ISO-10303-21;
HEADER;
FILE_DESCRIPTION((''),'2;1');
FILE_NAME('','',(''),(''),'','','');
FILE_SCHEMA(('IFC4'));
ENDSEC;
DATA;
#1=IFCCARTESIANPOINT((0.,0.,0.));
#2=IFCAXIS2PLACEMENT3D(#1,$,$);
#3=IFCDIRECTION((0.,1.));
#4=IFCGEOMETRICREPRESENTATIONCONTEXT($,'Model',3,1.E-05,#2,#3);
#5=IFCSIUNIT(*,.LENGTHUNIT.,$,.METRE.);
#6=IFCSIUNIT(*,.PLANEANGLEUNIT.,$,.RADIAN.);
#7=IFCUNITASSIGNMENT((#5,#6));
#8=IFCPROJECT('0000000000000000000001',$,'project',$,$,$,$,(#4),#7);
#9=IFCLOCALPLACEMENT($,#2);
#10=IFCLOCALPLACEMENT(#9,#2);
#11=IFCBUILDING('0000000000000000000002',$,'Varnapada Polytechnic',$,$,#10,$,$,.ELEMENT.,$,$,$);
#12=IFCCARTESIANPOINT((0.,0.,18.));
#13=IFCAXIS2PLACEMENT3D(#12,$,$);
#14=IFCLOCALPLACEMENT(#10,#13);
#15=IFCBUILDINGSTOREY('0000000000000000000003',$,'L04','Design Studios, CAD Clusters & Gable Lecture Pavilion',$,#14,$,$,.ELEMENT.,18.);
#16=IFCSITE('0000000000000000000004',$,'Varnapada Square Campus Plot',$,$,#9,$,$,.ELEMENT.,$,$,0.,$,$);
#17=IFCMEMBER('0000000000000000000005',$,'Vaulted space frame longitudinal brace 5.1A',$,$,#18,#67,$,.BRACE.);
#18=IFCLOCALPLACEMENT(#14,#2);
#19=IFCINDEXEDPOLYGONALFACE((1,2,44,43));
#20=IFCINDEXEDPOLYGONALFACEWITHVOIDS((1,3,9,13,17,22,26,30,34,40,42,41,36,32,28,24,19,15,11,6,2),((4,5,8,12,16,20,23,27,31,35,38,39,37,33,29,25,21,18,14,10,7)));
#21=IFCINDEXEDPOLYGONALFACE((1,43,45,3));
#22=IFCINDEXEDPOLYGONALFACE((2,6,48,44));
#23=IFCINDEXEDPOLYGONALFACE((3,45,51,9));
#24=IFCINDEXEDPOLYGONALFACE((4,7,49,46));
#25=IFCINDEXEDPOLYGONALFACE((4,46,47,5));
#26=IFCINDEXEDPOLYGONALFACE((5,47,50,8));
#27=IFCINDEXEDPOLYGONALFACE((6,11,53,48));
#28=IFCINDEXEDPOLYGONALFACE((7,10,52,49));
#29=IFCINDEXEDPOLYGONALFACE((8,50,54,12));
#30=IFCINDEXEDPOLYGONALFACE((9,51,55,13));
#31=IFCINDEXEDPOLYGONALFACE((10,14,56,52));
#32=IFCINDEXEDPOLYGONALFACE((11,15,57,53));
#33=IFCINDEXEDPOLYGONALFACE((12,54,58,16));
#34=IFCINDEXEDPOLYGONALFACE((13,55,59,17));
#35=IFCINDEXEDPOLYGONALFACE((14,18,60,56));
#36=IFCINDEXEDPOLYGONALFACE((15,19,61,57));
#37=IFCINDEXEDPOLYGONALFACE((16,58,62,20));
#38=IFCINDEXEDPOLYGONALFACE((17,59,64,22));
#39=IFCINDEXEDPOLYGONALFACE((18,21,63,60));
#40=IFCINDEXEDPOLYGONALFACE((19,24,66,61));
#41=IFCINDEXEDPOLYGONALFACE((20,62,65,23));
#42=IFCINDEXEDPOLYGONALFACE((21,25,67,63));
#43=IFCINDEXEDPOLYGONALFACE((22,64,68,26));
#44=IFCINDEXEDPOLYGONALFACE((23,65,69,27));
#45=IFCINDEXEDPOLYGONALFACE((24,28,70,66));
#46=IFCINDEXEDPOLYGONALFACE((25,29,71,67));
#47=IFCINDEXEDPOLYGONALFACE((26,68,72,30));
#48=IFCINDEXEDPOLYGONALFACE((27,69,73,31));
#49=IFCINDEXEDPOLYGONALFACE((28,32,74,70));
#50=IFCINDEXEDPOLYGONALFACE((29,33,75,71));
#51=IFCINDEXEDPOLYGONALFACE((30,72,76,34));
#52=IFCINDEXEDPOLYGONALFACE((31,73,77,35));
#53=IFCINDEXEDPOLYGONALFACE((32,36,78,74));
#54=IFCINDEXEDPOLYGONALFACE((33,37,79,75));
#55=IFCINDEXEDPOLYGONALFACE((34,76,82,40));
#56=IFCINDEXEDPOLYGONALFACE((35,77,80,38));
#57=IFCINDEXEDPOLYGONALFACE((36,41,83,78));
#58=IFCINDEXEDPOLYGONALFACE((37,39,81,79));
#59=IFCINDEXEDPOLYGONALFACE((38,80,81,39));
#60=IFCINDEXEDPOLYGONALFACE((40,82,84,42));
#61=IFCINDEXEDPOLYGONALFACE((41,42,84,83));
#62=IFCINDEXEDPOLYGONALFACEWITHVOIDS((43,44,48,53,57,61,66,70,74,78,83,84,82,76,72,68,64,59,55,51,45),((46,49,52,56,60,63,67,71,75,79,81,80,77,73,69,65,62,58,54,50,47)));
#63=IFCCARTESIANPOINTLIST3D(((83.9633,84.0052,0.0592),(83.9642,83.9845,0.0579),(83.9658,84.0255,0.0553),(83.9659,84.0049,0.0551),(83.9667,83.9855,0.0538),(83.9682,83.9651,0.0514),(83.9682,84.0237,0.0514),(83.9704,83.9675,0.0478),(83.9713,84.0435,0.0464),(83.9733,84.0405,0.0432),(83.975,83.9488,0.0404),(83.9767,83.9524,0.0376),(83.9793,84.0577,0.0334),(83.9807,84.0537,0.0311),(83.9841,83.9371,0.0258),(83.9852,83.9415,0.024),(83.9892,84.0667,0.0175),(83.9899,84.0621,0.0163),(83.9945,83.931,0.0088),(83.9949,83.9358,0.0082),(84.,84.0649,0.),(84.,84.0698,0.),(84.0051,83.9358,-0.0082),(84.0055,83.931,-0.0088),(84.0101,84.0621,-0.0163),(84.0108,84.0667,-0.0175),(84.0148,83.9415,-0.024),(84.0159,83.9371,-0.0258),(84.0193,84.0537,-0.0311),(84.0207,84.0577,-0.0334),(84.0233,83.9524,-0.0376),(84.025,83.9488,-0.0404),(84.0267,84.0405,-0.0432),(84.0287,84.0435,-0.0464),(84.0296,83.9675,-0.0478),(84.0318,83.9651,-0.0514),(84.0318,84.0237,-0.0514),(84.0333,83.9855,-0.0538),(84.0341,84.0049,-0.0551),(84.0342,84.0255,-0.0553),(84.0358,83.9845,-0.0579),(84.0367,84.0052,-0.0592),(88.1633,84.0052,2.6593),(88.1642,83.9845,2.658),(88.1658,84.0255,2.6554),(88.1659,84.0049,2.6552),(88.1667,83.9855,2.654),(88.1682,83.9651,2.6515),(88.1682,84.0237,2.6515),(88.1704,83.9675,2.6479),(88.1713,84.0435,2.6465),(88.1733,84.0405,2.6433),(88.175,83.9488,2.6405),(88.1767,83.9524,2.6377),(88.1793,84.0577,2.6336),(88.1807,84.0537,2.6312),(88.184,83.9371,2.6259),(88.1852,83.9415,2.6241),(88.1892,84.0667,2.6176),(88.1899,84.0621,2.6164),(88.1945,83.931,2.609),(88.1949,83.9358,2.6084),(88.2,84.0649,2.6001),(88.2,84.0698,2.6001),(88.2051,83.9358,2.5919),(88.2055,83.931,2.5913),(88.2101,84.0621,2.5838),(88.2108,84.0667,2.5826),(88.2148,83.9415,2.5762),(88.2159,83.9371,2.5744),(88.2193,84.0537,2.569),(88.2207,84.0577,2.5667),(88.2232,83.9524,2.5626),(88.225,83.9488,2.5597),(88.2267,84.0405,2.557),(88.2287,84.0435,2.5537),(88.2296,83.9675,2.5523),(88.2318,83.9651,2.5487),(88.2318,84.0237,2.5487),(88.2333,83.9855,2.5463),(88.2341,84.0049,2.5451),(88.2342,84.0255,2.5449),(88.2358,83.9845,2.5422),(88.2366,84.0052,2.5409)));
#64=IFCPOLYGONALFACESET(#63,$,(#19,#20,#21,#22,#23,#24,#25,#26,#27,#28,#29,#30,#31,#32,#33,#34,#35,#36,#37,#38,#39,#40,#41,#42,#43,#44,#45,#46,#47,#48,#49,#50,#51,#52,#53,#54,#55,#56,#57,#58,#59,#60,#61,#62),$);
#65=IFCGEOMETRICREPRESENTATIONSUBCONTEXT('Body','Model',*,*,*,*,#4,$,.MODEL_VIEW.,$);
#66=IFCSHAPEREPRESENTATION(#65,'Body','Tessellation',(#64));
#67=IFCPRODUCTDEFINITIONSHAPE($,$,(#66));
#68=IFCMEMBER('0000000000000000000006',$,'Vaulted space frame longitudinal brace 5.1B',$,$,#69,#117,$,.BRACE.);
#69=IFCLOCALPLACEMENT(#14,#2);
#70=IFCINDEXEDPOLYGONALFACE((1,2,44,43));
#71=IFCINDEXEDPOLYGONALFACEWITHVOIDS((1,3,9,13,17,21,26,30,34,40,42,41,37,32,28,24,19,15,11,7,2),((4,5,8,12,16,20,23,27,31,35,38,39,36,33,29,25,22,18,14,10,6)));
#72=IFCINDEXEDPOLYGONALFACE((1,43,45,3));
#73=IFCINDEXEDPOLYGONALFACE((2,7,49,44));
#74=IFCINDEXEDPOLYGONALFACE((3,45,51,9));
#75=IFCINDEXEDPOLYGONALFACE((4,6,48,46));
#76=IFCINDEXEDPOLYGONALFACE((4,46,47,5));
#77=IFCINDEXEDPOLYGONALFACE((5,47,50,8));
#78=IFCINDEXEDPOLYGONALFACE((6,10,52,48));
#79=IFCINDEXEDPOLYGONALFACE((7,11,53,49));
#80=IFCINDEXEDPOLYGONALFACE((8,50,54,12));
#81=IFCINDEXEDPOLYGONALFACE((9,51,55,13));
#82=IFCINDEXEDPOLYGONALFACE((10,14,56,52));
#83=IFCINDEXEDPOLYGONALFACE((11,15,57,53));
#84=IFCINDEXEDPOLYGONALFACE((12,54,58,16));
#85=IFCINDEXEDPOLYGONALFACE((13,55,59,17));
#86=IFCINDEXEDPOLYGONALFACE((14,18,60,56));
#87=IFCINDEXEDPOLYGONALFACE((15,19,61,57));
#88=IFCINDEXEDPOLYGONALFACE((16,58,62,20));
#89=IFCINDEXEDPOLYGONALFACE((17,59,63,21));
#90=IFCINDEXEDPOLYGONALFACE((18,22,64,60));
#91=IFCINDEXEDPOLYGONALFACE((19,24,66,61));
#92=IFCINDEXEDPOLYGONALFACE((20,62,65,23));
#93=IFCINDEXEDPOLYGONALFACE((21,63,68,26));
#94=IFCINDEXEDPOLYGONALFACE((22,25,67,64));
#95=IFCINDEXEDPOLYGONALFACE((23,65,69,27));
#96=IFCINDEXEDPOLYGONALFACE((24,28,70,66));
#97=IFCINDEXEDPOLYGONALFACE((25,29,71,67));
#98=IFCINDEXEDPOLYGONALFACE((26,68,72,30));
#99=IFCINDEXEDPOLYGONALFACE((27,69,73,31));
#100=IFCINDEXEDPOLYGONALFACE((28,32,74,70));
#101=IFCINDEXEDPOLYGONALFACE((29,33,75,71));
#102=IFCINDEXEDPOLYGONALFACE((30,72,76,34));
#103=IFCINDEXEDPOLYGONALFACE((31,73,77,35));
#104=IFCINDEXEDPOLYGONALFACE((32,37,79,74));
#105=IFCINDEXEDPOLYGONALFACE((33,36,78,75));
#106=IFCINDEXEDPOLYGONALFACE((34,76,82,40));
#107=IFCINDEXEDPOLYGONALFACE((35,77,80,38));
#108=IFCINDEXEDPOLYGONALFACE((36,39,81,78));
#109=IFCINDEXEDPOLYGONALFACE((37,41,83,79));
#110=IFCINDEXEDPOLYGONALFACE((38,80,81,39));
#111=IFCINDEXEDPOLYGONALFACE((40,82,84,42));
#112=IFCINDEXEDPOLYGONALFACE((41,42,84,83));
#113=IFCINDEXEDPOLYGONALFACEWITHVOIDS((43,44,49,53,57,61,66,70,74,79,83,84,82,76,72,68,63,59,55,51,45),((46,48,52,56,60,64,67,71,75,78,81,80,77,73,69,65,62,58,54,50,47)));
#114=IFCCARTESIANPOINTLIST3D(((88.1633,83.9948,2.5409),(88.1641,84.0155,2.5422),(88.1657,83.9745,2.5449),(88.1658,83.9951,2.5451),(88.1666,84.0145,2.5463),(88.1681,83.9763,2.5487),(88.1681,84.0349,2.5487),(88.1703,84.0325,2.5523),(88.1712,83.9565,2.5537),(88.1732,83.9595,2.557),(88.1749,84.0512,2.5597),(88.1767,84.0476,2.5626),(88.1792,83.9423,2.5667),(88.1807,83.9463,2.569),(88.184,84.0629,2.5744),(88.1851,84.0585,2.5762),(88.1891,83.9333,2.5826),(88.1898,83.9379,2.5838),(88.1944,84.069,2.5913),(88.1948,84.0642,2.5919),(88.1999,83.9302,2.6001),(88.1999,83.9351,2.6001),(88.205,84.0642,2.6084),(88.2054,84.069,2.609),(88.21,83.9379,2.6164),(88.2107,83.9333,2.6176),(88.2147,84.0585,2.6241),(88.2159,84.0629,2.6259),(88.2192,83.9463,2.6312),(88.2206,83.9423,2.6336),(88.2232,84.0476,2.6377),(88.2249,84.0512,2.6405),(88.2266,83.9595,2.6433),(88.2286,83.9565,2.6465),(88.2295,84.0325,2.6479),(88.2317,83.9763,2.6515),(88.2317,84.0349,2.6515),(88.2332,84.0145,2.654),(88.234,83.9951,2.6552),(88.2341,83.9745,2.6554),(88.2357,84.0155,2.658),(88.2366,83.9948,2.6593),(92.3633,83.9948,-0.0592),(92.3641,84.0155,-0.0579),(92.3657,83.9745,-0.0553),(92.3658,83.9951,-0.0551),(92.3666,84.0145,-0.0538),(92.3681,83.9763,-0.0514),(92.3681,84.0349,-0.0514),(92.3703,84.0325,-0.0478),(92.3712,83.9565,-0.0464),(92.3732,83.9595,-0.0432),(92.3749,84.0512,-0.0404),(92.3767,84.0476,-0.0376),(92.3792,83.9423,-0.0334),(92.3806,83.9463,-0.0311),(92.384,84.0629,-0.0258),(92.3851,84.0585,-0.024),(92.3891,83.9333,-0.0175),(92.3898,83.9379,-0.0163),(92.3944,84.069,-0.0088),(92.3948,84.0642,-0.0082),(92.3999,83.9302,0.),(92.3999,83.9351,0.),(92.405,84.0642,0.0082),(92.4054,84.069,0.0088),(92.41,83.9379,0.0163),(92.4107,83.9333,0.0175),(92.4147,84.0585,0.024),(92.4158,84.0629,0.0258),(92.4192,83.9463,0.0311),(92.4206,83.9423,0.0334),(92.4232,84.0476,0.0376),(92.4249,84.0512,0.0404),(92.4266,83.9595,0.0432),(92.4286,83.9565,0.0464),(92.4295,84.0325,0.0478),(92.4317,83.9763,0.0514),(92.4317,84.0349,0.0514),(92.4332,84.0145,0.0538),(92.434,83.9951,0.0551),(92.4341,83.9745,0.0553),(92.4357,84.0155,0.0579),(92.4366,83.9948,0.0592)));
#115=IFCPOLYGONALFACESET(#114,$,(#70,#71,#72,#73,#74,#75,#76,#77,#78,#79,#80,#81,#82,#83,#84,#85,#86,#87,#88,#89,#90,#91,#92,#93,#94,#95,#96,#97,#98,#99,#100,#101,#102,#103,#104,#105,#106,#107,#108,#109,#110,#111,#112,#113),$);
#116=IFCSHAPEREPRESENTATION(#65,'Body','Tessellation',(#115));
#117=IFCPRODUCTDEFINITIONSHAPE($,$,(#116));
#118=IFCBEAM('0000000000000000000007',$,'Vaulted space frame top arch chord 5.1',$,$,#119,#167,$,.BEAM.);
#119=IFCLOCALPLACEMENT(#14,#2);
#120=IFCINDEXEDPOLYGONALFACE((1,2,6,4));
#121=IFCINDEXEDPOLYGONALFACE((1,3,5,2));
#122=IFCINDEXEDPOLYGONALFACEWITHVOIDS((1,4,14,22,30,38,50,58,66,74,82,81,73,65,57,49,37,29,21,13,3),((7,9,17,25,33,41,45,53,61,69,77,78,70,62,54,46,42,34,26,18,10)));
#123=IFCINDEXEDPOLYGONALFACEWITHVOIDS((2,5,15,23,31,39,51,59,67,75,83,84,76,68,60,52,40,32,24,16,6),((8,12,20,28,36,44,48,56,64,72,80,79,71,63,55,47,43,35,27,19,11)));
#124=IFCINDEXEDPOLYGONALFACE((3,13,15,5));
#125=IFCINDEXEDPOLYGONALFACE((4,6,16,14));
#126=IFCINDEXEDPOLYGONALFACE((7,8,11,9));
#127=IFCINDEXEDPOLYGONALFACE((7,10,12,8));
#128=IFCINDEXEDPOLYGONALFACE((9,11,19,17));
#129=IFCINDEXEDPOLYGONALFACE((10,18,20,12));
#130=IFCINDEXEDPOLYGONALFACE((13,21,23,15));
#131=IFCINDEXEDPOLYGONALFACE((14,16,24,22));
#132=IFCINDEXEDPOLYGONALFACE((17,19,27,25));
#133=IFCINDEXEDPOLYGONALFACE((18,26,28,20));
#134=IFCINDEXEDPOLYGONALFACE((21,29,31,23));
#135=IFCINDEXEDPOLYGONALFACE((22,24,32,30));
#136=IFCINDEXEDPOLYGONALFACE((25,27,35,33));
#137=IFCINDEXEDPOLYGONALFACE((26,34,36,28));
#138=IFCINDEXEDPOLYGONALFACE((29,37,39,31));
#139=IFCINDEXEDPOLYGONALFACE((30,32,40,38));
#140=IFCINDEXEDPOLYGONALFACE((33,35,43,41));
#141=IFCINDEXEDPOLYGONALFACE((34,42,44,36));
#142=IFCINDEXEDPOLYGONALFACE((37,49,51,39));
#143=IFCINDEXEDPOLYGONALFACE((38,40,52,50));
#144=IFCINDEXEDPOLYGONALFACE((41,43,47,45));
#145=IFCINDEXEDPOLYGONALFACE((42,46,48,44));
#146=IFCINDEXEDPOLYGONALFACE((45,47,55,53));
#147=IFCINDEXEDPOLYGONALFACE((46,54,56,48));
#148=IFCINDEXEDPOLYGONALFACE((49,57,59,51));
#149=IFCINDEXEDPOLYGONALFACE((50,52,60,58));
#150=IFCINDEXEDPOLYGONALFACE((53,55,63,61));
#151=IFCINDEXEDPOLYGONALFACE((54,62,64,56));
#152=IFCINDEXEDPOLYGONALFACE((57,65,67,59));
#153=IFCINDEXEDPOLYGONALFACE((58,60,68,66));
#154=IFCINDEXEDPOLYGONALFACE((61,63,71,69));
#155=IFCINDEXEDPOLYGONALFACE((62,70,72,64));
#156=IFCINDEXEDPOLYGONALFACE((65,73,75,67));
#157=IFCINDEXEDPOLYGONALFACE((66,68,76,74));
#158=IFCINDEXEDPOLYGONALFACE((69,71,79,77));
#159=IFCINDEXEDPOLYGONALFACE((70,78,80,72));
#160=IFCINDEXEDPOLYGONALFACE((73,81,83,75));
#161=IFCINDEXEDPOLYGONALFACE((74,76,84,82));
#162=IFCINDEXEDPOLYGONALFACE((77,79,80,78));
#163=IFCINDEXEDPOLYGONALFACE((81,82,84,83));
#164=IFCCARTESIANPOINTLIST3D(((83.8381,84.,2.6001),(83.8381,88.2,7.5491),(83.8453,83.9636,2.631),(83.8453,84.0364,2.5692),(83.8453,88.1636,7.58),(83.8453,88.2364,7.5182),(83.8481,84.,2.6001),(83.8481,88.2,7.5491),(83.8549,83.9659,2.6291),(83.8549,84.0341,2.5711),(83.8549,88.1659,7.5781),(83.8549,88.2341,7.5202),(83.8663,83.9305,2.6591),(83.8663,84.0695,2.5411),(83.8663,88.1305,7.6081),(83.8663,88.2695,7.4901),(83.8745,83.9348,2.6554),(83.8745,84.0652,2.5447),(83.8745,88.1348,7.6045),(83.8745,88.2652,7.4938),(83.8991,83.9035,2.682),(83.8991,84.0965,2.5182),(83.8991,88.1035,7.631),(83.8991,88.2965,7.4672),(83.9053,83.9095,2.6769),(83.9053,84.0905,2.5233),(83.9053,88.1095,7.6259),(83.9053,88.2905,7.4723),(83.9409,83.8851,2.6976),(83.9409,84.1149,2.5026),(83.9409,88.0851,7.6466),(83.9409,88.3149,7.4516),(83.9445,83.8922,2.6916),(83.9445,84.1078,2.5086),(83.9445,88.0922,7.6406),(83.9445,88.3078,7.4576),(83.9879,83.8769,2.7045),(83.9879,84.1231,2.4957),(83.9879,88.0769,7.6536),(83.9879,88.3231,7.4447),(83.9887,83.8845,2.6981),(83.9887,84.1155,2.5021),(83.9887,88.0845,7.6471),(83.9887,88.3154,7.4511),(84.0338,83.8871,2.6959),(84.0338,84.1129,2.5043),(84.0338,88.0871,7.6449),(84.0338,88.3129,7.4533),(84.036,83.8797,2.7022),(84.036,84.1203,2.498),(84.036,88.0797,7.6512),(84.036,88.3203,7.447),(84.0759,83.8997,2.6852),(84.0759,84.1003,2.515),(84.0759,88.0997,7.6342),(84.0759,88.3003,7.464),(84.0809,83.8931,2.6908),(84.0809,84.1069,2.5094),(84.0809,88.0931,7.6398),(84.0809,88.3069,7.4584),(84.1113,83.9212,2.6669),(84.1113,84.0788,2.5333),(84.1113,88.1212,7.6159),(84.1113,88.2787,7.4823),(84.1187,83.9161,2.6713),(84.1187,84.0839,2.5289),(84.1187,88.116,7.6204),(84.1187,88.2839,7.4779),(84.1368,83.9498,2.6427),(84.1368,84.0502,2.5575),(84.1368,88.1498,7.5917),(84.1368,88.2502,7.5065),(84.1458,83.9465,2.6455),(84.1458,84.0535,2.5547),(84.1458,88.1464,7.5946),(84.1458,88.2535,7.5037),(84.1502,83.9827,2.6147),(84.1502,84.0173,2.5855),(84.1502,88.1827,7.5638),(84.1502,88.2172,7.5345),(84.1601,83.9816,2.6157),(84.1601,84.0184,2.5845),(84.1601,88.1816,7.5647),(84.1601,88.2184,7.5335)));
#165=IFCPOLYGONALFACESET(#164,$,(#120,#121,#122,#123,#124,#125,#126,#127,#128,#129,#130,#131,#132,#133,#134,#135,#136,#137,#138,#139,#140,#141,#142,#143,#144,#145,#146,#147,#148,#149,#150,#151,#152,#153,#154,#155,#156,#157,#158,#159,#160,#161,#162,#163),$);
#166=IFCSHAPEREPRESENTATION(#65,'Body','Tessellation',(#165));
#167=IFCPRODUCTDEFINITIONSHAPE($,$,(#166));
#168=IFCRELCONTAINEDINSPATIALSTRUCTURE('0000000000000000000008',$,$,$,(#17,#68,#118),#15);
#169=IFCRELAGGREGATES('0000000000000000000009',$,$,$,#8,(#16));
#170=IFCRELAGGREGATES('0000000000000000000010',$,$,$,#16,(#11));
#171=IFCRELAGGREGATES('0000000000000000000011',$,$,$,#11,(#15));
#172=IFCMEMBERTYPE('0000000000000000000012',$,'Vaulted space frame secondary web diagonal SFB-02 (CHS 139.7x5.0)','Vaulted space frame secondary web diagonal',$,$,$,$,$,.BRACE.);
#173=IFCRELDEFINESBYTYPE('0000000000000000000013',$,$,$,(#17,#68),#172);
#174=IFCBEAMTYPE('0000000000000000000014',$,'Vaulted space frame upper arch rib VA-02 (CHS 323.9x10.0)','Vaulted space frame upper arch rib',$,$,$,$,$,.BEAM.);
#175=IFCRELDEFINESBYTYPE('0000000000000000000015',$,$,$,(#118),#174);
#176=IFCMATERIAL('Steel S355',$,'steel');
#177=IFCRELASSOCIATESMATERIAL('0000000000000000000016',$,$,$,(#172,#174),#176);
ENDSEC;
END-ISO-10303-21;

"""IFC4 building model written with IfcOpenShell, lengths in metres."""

from ifc_helpers import new_model, si_unit, direction, frame, origin, origin_2d, place, context, subcontext, project, spatial, hollow_circle, extrude, material, material_profile, profile_set, type_object, element, save


model = new_model("IFC4")

# Units and contexts
model_context = context("Model", 3, precision=1e-05, world=origin(), true_north=direction((0.0, 1.0)))
body_context = subcontext(model_context, "Body", "Model", "MODEL_VIEW")
ifc_project = project(units=[si_unit("LENGTHUNIT", "METRE"), si_unit("PLANEANGLEUNIT", "RADIAN")], contexts=[model_context])

# Site, building, storey
site_placement = place(None, origin())
site = spatial("IfcSite", under=ifc_project, at=site_placement, Name="Varnapada Square Campus Plot", CompositionType="ELEMENT", RefElevation=0.0)
building_placement = place(site_placement, origin())
building = spatial("IfcBuilding", under=site, at=building_placement, Name="Varnapada Polytechnic", CompositionType="ELEMENT")
storey_placement = place(building_placement, frame((0.0, 0.0, 18.0)))
storey = spatial("IfcBuildingStorey", under=building, at=storey_placement, Name="L04", Description="Design Studios, CAD Clusters & Gable Lecture Pavilion", CompositionType="ELEMENT", Elevation=18.0)

# Shared definitions
ifc_material = material(Name="Steel S355", Category="steel")

# Members
ifc_material_profile_1 = material_profile(ifc_material, hollow_circle(Radius=0.0698, WallThickness=0.0049, at=origin_2d()), Name="CHS 139.7x5.0")
ifc_profile_set_1 = profile_set([ifc_material_profile_1], Name="Steel S355")
member_type_1 = type_object("IfcMemberType", Name="Vaulted space frame secondary web diagonal SFB-02 (CHS 139.7x5.0)", Description="Vaulted space frame secondary web diagonal", PredefinedType="BRACE", material=ifc_profile_set_1)
for number, where, z_axis, x_axis, name in (
    (1, (84.0, 84.0, 0.0), (0.850254, 0.0, 0.526373), (0.0, 1.0, 0.0), "Vaulted space frame longitudinal brace 5.1A"),
    (2, (92.3999, 84.0, 0.0), (-0.850254, 0.0, 0.526373), (0.0, -1.0, 0.0), "Vaulted space frame longitudinal brace 5.1B"),
):
    element("IfcMember", number, at=place(storey_placement, frame(where, z_axis=z_axis, x_axis=x_axis)), inside=storey, type_object=member_type_1, Name=name, PredefinedType="BRACE", context=body_context, shape_type="SweptSolid", body=[
        extrude(hollow_circle(Radius=0.0698, WallThickness=0.0049, at=origin_2d()), origin(), (0.0, 0.0, 1.0), 4.9397),
    ])

# Beam
ifc_material_profile_2 = material_profile(ifc_material, hollow_circle(Radius=0.1619, WallThickness=0.01, at=origin_2d()), Name="CHS 323.9x10.0")
ifc_profile_set_2 = profile_set([ifc_material_profile_2], Name="Steel S355")
beam_type_1 = type_object("IfcBeamType", Name="Vaulted space frame upper arch rib VA-02 (CHS 323.9x10.0)", Description="Vaulted space frame upper arch rib", PredefinedType="BEAM", material=ifc_profile_set_2)
beam_1_placement = place(storey_placement, frame((84.0, 84.0, 2.6001), z_axis=(0.0, 0.647051, 0.762447), x_axis=(-1.0, 0.0, 0.0)))
element("IfcBeam", 3, at=beam_1_placement, inside=storey, type_object=beam_type_1, Name="Vaulted space frame top arch chord 5.1", PredefinedType="BEAM", context=body_context, shape_type="SweptSolid", body=[
    extrude(hollow_circle(Radius=0.1619, WallThickness=0.01, at=origin_2d()), origin(), (0.0, 0.0, 1.0), 6.491),
])

save(model, "model.ifc")
